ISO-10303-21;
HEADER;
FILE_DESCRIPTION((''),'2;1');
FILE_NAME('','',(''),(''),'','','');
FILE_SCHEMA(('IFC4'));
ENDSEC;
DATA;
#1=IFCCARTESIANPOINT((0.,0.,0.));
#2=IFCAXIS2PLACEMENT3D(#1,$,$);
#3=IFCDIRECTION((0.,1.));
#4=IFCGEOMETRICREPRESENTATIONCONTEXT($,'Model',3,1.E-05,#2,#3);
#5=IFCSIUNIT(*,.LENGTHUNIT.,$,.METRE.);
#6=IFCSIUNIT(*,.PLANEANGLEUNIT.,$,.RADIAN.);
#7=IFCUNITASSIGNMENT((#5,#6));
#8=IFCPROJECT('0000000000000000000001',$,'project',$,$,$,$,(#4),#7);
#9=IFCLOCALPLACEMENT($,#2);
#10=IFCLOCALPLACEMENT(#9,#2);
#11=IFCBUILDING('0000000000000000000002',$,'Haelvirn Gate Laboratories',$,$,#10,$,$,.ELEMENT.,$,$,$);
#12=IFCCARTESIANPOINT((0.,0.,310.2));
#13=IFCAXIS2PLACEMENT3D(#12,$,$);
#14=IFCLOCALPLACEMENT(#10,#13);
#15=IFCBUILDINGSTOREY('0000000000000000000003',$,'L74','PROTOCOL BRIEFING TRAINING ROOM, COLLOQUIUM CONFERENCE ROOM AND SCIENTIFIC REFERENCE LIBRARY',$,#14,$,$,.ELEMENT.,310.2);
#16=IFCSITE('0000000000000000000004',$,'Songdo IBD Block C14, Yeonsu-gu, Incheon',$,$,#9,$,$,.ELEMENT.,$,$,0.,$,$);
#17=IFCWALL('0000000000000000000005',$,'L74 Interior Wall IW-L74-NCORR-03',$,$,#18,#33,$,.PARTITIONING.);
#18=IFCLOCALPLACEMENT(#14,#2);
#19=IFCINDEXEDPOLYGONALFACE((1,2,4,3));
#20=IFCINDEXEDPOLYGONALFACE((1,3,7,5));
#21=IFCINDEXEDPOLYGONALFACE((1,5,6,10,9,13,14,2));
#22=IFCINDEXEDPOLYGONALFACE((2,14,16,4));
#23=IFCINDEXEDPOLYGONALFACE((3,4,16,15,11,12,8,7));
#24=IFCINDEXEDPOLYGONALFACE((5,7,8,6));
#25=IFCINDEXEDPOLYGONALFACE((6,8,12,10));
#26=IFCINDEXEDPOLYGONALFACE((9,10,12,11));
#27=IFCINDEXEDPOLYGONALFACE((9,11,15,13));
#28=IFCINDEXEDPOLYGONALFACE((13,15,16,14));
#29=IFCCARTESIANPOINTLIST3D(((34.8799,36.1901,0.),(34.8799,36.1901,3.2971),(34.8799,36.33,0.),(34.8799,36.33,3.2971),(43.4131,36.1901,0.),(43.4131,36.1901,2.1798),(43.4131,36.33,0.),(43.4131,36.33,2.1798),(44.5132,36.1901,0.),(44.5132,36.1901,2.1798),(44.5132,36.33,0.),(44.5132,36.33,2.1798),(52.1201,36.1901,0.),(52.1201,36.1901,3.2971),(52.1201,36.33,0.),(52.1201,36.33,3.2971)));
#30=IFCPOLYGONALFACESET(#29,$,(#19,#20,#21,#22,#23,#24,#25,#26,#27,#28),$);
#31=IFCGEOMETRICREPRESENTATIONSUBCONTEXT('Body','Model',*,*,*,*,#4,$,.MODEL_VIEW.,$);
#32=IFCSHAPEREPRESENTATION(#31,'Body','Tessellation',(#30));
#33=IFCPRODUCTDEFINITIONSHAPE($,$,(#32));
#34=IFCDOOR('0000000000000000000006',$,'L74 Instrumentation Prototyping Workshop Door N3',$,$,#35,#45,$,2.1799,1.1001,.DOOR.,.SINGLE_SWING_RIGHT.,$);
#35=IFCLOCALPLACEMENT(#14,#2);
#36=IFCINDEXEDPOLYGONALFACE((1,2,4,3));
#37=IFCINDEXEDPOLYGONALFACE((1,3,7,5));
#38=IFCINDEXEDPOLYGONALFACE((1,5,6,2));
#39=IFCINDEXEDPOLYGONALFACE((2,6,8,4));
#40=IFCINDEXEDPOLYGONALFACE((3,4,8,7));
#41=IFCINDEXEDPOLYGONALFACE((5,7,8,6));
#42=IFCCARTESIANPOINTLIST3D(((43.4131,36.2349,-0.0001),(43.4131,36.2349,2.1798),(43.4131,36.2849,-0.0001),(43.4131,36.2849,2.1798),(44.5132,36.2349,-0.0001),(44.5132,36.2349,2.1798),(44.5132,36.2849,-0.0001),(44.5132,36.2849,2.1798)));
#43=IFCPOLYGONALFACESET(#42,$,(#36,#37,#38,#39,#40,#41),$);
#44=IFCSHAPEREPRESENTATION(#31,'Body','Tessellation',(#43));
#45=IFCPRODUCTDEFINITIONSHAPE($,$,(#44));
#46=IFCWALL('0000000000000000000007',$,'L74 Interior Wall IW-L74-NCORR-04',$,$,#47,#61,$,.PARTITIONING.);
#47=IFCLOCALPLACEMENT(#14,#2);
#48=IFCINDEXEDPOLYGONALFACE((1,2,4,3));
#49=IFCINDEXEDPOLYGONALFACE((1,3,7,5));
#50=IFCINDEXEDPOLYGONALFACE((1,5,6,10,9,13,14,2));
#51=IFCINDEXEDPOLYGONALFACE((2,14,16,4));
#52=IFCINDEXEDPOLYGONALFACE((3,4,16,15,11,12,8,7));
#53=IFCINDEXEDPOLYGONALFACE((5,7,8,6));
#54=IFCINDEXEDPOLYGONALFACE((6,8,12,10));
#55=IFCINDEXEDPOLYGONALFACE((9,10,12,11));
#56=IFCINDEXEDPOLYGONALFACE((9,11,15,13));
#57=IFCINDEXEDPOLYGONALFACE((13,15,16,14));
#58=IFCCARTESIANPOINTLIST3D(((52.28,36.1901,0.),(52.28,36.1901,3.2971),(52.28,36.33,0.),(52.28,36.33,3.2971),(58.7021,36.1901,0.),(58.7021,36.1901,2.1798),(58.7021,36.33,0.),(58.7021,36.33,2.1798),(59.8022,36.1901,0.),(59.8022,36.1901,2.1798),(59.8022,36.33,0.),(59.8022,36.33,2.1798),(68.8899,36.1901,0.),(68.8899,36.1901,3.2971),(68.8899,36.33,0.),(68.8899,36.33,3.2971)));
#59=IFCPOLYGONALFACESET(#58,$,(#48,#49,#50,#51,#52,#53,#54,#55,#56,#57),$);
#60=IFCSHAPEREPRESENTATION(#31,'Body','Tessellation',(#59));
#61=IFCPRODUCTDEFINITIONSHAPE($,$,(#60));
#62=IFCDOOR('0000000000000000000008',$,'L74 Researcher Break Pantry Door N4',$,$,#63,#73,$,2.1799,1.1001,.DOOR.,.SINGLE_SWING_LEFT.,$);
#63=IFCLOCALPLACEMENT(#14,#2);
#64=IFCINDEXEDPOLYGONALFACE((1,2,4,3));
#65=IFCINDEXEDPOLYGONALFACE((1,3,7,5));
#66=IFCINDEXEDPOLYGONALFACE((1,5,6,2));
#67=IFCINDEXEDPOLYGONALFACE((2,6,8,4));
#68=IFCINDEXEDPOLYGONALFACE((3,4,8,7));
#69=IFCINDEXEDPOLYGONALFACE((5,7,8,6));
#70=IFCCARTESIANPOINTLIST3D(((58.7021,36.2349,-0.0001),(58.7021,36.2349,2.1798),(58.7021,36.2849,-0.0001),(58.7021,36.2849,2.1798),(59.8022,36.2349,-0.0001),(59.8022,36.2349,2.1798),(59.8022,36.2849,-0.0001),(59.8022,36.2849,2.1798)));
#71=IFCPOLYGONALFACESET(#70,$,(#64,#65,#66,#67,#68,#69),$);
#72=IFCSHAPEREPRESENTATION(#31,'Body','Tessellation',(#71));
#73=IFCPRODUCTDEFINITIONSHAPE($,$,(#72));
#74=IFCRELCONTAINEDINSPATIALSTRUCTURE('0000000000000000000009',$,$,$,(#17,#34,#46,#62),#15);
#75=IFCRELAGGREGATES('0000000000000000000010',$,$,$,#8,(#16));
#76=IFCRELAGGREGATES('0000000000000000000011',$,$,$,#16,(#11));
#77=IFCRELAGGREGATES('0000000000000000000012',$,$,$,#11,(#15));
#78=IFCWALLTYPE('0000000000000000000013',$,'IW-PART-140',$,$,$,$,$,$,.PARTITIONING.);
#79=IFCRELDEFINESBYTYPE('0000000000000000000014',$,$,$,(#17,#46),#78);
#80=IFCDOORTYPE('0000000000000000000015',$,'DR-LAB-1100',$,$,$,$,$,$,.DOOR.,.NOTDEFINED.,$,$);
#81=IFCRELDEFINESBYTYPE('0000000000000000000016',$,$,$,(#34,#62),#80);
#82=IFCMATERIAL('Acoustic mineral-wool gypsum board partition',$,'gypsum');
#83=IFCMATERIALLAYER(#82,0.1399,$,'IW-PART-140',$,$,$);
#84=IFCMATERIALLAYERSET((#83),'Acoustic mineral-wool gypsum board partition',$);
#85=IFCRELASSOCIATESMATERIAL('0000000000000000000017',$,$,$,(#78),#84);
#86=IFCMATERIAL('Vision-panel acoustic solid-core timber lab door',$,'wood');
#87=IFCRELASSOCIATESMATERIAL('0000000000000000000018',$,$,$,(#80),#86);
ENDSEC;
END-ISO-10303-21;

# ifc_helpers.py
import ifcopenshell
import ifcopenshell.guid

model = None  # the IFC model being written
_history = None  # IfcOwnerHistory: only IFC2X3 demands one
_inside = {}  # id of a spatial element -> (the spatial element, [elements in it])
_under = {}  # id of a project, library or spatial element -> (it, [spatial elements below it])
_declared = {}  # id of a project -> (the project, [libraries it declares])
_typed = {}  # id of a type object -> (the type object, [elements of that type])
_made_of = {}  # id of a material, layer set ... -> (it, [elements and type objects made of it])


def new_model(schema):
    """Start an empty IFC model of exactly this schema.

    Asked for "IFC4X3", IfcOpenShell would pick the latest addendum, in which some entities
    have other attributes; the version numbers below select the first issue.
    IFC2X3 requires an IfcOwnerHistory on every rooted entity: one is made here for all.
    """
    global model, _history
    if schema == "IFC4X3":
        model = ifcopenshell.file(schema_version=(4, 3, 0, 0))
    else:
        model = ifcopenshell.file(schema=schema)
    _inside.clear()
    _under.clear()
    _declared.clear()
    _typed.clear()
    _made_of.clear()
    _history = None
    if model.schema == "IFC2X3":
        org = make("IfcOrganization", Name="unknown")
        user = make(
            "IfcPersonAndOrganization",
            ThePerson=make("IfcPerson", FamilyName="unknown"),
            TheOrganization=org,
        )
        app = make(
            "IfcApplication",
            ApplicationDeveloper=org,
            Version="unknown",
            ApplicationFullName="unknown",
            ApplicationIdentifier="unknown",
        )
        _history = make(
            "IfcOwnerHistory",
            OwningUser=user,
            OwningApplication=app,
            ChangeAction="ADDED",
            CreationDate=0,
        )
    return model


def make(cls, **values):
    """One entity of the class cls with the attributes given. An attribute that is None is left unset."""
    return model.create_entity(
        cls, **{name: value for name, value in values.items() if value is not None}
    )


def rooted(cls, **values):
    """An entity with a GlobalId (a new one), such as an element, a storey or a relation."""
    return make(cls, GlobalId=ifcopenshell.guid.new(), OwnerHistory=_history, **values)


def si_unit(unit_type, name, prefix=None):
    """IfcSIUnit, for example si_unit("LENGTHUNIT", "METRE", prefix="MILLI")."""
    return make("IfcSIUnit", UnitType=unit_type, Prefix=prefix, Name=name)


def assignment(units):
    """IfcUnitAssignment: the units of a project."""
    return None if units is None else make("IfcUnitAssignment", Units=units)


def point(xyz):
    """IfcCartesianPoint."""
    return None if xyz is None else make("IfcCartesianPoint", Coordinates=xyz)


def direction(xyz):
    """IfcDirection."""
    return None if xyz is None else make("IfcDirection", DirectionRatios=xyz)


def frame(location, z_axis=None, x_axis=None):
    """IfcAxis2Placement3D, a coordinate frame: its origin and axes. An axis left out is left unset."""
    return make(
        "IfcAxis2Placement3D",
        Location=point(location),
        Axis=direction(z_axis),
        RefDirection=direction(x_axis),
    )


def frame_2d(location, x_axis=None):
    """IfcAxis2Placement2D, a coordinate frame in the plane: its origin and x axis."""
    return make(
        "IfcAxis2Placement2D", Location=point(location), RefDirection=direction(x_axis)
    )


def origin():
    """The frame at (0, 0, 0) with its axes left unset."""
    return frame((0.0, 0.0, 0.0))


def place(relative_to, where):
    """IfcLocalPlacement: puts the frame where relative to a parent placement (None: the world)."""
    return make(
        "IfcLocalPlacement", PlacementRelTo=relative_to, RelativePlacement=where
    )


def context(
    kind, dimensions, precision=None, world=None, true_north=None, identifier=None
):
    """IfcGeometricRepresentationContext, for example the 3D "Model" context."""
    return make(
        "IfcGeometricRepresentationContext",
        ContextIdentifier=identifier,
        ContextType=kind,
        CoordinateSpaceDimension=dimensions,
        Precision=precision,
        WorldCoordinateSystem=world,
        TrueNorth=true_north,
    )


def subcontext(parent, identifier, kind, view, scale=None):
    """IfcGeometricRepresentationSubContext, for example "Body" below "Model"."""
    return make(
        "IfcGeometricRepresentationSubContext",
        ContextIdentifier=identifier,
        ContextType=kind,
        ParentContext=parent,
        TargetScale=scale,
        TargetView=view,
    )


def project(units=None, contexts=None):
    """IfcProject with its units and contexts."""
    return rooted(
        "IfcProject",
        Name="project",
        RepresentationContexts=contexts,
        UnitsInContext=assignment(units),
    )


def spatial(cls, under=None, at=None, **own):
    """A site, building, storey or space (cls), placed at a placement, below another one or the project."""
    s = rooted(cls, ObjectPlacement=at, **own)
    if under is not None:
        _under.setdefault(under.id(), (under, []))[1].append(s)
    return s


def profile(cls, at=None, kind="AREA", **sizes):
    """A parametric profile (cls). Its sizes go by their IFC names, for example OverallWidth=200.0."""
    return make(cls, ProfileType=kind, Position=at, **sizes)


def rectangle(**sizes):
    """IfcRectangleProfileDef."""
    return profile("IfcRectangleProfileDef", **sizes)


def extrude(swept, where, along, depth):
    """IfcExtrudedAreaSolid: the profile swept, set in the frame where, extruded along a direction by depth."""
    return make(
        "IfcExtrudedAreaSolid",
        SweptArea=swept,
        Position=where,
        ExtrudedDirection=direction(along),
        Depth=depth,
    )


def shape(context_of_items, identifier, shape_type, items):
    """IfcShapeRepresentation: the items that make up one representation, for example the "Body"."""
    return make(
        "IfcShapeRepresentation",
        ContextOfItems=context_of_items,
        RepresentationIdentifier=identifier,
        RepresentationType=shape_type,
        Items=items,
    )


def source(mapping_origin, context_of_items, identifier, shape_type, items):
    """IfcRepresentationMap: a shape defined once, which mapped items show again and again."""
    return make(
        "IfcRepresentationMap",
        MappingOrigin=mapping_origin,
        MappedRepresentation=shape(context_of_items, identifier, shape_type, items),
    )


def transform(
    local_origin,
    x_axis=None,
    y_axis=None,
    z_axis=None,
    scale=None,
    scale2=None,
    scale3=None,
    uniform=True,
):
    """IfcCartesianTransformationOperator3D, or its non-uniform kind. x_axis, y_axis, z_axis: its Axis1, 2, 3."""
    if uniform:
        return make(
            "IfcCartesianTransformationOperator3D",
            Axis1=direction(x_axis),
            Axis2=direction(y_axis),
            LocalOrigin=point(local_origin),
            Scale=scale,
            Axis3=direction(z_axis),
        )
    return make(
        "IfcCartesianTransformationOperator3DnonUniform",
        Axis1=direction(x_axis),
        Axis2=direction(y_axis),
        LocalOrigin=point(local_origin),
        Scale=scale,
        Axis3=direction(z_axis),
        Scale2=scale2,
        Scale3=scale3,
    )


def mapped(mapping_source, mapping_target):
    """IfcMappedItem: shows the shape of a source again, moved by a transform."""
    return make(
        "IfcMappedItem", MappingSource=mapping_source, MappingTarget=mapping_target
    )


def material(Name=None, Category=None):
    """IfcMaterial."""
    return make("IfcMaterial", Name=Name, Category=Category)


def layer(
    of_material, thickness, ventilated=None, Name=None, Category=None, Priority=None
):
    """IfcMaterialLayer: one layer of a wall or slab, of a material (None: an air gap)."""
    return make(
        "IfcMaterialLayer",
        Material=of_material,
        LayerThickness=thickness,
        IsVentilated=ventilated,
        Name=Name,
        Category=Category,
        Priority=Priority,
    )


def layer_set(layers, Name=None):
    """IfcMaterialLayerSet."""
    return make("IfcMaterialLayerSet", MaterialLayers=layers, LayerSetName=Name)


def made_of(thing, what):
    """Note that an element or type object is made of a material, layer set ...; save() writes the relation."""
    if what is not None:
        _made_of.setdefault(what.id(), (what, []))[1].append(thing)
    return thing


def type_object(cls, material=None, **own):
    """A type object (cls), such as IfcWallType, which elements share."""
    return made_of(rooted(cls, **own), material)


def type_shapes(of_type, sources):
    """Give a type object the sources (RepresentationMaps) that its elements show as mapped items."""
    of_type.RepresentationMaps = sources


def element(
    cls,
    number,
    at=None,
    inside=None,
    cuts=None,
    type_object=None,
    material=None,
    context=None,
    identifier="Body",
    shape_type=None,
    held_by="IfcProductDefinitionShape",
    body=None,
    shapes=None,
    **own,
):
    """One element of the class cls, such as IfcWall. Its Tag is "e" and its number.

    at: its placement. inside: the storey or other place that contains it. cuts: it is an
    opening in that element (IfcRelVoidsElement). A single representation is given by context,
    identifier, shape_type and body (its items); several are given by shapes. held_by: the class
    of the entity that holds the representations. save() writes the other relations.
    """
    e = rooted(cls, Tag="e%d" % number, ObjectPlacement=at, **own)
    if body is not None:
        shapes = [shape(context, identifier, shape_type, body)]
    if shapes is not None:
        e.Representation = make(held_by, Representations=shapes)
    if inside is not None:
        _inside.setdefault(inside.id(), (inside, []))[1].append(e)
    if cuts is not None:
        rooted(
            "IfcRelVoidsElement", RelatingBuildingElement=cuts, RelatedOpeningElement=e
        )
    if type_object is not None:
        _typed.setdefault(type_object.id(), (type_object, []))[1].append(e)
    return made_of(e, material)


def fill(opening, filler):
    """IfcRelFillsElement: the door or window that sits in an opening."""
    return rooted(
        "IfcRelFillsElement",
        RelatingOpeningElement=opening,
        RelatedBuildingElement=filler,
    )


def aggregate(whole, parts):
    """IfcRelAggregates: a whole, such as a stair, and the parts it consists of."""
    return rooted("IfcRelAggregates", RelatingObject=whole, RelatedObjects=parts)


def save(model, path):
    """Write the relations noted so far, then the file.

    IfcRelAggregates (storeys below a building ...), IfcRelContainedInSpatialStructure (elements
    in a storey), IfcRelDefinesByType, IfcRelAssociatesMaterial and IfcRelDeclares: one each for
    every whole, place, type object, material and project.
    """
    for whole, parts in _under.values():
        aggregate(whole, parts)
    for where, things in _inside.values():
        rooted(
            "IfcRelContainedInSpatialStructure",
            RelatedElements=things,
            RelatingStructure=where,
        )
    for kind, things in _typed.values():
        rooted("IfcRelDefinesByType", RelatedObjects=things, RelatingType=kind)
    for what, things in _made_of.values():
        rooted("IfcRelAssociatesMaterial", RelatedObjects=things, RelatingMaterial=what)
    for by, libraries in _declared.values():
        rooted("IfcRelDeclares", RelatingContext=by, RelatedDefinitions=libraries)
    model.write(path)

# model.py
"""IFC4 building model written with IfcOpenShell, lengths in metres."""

from ifc_helpers import new_model, si_unit, direction, frame, frame_2d, origin, place, context, subcontext, project, spatial, rectangle, extrude, source, transform, mapped, material, layer, layer_set, type_object, type_shapes, element, fill, save


model = new_model("IFC4")

# Units and contexts
model_context = context("Model", 3, precision=1e-05, world=origin(), true_north=direction((0.0, 1.0)))
body_context = subcontext(model_context, "Body", "Model", "MODEL_VIEW")
ifc_project = project(units=[si_unit("LENGTHUNIT", "METRE"), si_unit("PLANEANGLEUNIT", "RADIAN")], contexts=[model_context])

# Site, building, storey
site_placement = place(None, origin())
site = spatial("IfcSite", under=ifc_project, at=site_placement, Name="Songdo IBD Block C14, Yeonsu-gu, Incheon", CompositionType="ELEMENT", RefElevation=0.0)
building_placement = place(site_placement, origin())
building = spatial("IfcBuilding", under=site, at=building_placement, Name="Haelvirn Gate Laboratories", CompositionType="ELEMENT")
storey_placement = place(building_placement, frame((0.0, 0.0, 310.2)))
storey = spatial("IfcBuildingStorey", under=building, at=storey_placement, Name="L74", Description="PROTOCOL BRIEFING TRAINING ROOM, COLLOQUIUM CONFERENCE ROOM AND SCIENTIFIC REFERENCE LIBRARY", CompositionType="ELEMENT", Elevation=310.2)

# Walls, openings, doors
ifc_material_1 = material(Name="Acoustic mineral-wool gypsum board partition", Category="gypsum")
ifc_layer_1 = layer(ifc_material_1, 0.1399, Name="IW-PART-140")
ifc_layer_set_1 = layer_set([ifc_layer_1], Name="Acoustic mineral-wool gypsum board partition")
wall_type_1 = type_object("IfcWallType", Name="IW-PART-140", PredefinedType="PARTITIONING", material=ifc_layer_set_1)
wall_1_placement = place(storey_placement, frame((34.8799, 36.26, 0.0), z_axis=(0.0, 0.0, 1.0), x_axis=(1.0, 0.0, 0.0)))
wall_1 = element("IfcWall", 1, at=wall_1_placement, inside=storey, type_object=wall_type_1, Name="L74 Interior Wall IW-L74-NCORR-03", PredefinedType="PARTITIONING", context=body_context, shape_type="SweptSolid", body=[
    extrude(rectangle(XDim=17.2402, YDim=0.1399, at=frame_2d((8.6201, 0.0))), origin(), (0.0, 0.0, 1.0), 3.2971),
])
opening_1_placement = place(wall_1_placement, frame((8.5332, 0.0, 0.0)))
opening_1 = element("IfcOpeningElement", 2, at=opening_1_placement, cuts=wall_1, PredefinedType="OPENING", context=body_context, shape_type="SweptSolid", body=[
    extrude(rectangle(XDim=1.1001, YDim=2.1799, at=frame_2d((0.55, 1.0898))), frame((0.0, 0.0801, 0.0), z_axis=(0.0, -1.0, 0.0), x_axis=(1.0, 0.0, 0.0)), (0.0, 0.0, 1.0), 0.1599),
])
ifc_material_2 = material(Name="Vision-panel acoustic solid-core timber lab door", Category="wood")
door_type = type_object("IfcDoorType", Name="DR-LAB-1100", OperationType="NOTDEFINED", PredefinedType="DOOR", material=ifc_material_2)
shared_shape_1 = source(origin(), body_context, "Body", "SweptSolid", [
    extrude(rectangle(XDim=1.1001, YDim=2.1799, at=frame_2d((0.55, 1.0898))), frame((0.0, 0.0249, 0.0), z_axis=(0.0, -1.0, 0.0), x_axis=(1.0, 0.0, 0.0)), (0.0, 0.0, 1.0), 0.05),
])
type_shapes(door_type, [shared_shape_1])
door_1_placement = place(opening_1_placement, origin())
door_1 = element("IfcDoor", 3, at=door_1_placement, inside=storey, type_object=door_type, Name="L74 Instrumentation Prototyping Workshop Door N3", OperationType="SINGLE_SWING_RIGHT", OverallHeight=2.1799, OverallWidth=1.1001, PredefinedType="DOOR", context=body_context, shape_type="MappedRepresentation", body=[
    mapped(shared_shape_1, transform((0.0, 0.0, 0.0), scale=1.0)),
])
fill(opening_1, door_1)
wall_2_placement = place(storey_placement, frame((52.28, 36.26, 0.0), z_axis=(0.0, 0.0, 1.0), x_axis=(1.0, 0.0, 0.0)))
wall_2 = element("IfcWall", 4, at=wall_2_placement, inside=storey, type_object=wall_type_1, Name="L74 Interior Wall IW-L74-NCORR-04", PredefinedType="PARTITIONING", context=body_context, shape_type="SweptSolid", body=[
    extrude(rectangle(XDim=16.6099, YDim=0.1399, at=frame_2d((8.3049, 0.0))), origin(), (0.0, 0.0, 1.0), 3.2971),
])
opening_2_placement = place(wall_2_placement, frame((6.4221, 0.0, 0.0)))
opening_2 = element("IfcOpeningElement", 5, at=opening_2_placement, cuts=wall_2, PredefinedType="OPENING", context=body_context, shape_type="SweptSolid", body=[
    extrude(rectangle(XDim=1.1001, YDim=2.1799, at=frame_2d((0.55, 1.0898))), frame((0.0, 0.0801, 0.0), z_axis=(0.0, -1.0, 0.0), x_axis=(1.0, 0.0, 0.0)), (0.0, 0.0, 1.0), 0.1599),
])
door_2_placement = place(opening_2_placement, origin())
door_2 = element("IfcDoor", 6, at=door_2_placement, inside=storey, type_object=door_type, Name="L74 Researcher Break Pantry Door N4", OperationType="SINGLE_SWING_LEFT", OverallHeight=2.1799, OverallWidth=1.1001, PredefinedType="DOOR", context=body_context, shape_type="MappedRepresentation", body=[
    mapped(shared_shape_1, transform((0.0, 0.0, 0.0), scale=1.0)),
])
fill(opening_2, door_2)

save(model, "model.ifc")
